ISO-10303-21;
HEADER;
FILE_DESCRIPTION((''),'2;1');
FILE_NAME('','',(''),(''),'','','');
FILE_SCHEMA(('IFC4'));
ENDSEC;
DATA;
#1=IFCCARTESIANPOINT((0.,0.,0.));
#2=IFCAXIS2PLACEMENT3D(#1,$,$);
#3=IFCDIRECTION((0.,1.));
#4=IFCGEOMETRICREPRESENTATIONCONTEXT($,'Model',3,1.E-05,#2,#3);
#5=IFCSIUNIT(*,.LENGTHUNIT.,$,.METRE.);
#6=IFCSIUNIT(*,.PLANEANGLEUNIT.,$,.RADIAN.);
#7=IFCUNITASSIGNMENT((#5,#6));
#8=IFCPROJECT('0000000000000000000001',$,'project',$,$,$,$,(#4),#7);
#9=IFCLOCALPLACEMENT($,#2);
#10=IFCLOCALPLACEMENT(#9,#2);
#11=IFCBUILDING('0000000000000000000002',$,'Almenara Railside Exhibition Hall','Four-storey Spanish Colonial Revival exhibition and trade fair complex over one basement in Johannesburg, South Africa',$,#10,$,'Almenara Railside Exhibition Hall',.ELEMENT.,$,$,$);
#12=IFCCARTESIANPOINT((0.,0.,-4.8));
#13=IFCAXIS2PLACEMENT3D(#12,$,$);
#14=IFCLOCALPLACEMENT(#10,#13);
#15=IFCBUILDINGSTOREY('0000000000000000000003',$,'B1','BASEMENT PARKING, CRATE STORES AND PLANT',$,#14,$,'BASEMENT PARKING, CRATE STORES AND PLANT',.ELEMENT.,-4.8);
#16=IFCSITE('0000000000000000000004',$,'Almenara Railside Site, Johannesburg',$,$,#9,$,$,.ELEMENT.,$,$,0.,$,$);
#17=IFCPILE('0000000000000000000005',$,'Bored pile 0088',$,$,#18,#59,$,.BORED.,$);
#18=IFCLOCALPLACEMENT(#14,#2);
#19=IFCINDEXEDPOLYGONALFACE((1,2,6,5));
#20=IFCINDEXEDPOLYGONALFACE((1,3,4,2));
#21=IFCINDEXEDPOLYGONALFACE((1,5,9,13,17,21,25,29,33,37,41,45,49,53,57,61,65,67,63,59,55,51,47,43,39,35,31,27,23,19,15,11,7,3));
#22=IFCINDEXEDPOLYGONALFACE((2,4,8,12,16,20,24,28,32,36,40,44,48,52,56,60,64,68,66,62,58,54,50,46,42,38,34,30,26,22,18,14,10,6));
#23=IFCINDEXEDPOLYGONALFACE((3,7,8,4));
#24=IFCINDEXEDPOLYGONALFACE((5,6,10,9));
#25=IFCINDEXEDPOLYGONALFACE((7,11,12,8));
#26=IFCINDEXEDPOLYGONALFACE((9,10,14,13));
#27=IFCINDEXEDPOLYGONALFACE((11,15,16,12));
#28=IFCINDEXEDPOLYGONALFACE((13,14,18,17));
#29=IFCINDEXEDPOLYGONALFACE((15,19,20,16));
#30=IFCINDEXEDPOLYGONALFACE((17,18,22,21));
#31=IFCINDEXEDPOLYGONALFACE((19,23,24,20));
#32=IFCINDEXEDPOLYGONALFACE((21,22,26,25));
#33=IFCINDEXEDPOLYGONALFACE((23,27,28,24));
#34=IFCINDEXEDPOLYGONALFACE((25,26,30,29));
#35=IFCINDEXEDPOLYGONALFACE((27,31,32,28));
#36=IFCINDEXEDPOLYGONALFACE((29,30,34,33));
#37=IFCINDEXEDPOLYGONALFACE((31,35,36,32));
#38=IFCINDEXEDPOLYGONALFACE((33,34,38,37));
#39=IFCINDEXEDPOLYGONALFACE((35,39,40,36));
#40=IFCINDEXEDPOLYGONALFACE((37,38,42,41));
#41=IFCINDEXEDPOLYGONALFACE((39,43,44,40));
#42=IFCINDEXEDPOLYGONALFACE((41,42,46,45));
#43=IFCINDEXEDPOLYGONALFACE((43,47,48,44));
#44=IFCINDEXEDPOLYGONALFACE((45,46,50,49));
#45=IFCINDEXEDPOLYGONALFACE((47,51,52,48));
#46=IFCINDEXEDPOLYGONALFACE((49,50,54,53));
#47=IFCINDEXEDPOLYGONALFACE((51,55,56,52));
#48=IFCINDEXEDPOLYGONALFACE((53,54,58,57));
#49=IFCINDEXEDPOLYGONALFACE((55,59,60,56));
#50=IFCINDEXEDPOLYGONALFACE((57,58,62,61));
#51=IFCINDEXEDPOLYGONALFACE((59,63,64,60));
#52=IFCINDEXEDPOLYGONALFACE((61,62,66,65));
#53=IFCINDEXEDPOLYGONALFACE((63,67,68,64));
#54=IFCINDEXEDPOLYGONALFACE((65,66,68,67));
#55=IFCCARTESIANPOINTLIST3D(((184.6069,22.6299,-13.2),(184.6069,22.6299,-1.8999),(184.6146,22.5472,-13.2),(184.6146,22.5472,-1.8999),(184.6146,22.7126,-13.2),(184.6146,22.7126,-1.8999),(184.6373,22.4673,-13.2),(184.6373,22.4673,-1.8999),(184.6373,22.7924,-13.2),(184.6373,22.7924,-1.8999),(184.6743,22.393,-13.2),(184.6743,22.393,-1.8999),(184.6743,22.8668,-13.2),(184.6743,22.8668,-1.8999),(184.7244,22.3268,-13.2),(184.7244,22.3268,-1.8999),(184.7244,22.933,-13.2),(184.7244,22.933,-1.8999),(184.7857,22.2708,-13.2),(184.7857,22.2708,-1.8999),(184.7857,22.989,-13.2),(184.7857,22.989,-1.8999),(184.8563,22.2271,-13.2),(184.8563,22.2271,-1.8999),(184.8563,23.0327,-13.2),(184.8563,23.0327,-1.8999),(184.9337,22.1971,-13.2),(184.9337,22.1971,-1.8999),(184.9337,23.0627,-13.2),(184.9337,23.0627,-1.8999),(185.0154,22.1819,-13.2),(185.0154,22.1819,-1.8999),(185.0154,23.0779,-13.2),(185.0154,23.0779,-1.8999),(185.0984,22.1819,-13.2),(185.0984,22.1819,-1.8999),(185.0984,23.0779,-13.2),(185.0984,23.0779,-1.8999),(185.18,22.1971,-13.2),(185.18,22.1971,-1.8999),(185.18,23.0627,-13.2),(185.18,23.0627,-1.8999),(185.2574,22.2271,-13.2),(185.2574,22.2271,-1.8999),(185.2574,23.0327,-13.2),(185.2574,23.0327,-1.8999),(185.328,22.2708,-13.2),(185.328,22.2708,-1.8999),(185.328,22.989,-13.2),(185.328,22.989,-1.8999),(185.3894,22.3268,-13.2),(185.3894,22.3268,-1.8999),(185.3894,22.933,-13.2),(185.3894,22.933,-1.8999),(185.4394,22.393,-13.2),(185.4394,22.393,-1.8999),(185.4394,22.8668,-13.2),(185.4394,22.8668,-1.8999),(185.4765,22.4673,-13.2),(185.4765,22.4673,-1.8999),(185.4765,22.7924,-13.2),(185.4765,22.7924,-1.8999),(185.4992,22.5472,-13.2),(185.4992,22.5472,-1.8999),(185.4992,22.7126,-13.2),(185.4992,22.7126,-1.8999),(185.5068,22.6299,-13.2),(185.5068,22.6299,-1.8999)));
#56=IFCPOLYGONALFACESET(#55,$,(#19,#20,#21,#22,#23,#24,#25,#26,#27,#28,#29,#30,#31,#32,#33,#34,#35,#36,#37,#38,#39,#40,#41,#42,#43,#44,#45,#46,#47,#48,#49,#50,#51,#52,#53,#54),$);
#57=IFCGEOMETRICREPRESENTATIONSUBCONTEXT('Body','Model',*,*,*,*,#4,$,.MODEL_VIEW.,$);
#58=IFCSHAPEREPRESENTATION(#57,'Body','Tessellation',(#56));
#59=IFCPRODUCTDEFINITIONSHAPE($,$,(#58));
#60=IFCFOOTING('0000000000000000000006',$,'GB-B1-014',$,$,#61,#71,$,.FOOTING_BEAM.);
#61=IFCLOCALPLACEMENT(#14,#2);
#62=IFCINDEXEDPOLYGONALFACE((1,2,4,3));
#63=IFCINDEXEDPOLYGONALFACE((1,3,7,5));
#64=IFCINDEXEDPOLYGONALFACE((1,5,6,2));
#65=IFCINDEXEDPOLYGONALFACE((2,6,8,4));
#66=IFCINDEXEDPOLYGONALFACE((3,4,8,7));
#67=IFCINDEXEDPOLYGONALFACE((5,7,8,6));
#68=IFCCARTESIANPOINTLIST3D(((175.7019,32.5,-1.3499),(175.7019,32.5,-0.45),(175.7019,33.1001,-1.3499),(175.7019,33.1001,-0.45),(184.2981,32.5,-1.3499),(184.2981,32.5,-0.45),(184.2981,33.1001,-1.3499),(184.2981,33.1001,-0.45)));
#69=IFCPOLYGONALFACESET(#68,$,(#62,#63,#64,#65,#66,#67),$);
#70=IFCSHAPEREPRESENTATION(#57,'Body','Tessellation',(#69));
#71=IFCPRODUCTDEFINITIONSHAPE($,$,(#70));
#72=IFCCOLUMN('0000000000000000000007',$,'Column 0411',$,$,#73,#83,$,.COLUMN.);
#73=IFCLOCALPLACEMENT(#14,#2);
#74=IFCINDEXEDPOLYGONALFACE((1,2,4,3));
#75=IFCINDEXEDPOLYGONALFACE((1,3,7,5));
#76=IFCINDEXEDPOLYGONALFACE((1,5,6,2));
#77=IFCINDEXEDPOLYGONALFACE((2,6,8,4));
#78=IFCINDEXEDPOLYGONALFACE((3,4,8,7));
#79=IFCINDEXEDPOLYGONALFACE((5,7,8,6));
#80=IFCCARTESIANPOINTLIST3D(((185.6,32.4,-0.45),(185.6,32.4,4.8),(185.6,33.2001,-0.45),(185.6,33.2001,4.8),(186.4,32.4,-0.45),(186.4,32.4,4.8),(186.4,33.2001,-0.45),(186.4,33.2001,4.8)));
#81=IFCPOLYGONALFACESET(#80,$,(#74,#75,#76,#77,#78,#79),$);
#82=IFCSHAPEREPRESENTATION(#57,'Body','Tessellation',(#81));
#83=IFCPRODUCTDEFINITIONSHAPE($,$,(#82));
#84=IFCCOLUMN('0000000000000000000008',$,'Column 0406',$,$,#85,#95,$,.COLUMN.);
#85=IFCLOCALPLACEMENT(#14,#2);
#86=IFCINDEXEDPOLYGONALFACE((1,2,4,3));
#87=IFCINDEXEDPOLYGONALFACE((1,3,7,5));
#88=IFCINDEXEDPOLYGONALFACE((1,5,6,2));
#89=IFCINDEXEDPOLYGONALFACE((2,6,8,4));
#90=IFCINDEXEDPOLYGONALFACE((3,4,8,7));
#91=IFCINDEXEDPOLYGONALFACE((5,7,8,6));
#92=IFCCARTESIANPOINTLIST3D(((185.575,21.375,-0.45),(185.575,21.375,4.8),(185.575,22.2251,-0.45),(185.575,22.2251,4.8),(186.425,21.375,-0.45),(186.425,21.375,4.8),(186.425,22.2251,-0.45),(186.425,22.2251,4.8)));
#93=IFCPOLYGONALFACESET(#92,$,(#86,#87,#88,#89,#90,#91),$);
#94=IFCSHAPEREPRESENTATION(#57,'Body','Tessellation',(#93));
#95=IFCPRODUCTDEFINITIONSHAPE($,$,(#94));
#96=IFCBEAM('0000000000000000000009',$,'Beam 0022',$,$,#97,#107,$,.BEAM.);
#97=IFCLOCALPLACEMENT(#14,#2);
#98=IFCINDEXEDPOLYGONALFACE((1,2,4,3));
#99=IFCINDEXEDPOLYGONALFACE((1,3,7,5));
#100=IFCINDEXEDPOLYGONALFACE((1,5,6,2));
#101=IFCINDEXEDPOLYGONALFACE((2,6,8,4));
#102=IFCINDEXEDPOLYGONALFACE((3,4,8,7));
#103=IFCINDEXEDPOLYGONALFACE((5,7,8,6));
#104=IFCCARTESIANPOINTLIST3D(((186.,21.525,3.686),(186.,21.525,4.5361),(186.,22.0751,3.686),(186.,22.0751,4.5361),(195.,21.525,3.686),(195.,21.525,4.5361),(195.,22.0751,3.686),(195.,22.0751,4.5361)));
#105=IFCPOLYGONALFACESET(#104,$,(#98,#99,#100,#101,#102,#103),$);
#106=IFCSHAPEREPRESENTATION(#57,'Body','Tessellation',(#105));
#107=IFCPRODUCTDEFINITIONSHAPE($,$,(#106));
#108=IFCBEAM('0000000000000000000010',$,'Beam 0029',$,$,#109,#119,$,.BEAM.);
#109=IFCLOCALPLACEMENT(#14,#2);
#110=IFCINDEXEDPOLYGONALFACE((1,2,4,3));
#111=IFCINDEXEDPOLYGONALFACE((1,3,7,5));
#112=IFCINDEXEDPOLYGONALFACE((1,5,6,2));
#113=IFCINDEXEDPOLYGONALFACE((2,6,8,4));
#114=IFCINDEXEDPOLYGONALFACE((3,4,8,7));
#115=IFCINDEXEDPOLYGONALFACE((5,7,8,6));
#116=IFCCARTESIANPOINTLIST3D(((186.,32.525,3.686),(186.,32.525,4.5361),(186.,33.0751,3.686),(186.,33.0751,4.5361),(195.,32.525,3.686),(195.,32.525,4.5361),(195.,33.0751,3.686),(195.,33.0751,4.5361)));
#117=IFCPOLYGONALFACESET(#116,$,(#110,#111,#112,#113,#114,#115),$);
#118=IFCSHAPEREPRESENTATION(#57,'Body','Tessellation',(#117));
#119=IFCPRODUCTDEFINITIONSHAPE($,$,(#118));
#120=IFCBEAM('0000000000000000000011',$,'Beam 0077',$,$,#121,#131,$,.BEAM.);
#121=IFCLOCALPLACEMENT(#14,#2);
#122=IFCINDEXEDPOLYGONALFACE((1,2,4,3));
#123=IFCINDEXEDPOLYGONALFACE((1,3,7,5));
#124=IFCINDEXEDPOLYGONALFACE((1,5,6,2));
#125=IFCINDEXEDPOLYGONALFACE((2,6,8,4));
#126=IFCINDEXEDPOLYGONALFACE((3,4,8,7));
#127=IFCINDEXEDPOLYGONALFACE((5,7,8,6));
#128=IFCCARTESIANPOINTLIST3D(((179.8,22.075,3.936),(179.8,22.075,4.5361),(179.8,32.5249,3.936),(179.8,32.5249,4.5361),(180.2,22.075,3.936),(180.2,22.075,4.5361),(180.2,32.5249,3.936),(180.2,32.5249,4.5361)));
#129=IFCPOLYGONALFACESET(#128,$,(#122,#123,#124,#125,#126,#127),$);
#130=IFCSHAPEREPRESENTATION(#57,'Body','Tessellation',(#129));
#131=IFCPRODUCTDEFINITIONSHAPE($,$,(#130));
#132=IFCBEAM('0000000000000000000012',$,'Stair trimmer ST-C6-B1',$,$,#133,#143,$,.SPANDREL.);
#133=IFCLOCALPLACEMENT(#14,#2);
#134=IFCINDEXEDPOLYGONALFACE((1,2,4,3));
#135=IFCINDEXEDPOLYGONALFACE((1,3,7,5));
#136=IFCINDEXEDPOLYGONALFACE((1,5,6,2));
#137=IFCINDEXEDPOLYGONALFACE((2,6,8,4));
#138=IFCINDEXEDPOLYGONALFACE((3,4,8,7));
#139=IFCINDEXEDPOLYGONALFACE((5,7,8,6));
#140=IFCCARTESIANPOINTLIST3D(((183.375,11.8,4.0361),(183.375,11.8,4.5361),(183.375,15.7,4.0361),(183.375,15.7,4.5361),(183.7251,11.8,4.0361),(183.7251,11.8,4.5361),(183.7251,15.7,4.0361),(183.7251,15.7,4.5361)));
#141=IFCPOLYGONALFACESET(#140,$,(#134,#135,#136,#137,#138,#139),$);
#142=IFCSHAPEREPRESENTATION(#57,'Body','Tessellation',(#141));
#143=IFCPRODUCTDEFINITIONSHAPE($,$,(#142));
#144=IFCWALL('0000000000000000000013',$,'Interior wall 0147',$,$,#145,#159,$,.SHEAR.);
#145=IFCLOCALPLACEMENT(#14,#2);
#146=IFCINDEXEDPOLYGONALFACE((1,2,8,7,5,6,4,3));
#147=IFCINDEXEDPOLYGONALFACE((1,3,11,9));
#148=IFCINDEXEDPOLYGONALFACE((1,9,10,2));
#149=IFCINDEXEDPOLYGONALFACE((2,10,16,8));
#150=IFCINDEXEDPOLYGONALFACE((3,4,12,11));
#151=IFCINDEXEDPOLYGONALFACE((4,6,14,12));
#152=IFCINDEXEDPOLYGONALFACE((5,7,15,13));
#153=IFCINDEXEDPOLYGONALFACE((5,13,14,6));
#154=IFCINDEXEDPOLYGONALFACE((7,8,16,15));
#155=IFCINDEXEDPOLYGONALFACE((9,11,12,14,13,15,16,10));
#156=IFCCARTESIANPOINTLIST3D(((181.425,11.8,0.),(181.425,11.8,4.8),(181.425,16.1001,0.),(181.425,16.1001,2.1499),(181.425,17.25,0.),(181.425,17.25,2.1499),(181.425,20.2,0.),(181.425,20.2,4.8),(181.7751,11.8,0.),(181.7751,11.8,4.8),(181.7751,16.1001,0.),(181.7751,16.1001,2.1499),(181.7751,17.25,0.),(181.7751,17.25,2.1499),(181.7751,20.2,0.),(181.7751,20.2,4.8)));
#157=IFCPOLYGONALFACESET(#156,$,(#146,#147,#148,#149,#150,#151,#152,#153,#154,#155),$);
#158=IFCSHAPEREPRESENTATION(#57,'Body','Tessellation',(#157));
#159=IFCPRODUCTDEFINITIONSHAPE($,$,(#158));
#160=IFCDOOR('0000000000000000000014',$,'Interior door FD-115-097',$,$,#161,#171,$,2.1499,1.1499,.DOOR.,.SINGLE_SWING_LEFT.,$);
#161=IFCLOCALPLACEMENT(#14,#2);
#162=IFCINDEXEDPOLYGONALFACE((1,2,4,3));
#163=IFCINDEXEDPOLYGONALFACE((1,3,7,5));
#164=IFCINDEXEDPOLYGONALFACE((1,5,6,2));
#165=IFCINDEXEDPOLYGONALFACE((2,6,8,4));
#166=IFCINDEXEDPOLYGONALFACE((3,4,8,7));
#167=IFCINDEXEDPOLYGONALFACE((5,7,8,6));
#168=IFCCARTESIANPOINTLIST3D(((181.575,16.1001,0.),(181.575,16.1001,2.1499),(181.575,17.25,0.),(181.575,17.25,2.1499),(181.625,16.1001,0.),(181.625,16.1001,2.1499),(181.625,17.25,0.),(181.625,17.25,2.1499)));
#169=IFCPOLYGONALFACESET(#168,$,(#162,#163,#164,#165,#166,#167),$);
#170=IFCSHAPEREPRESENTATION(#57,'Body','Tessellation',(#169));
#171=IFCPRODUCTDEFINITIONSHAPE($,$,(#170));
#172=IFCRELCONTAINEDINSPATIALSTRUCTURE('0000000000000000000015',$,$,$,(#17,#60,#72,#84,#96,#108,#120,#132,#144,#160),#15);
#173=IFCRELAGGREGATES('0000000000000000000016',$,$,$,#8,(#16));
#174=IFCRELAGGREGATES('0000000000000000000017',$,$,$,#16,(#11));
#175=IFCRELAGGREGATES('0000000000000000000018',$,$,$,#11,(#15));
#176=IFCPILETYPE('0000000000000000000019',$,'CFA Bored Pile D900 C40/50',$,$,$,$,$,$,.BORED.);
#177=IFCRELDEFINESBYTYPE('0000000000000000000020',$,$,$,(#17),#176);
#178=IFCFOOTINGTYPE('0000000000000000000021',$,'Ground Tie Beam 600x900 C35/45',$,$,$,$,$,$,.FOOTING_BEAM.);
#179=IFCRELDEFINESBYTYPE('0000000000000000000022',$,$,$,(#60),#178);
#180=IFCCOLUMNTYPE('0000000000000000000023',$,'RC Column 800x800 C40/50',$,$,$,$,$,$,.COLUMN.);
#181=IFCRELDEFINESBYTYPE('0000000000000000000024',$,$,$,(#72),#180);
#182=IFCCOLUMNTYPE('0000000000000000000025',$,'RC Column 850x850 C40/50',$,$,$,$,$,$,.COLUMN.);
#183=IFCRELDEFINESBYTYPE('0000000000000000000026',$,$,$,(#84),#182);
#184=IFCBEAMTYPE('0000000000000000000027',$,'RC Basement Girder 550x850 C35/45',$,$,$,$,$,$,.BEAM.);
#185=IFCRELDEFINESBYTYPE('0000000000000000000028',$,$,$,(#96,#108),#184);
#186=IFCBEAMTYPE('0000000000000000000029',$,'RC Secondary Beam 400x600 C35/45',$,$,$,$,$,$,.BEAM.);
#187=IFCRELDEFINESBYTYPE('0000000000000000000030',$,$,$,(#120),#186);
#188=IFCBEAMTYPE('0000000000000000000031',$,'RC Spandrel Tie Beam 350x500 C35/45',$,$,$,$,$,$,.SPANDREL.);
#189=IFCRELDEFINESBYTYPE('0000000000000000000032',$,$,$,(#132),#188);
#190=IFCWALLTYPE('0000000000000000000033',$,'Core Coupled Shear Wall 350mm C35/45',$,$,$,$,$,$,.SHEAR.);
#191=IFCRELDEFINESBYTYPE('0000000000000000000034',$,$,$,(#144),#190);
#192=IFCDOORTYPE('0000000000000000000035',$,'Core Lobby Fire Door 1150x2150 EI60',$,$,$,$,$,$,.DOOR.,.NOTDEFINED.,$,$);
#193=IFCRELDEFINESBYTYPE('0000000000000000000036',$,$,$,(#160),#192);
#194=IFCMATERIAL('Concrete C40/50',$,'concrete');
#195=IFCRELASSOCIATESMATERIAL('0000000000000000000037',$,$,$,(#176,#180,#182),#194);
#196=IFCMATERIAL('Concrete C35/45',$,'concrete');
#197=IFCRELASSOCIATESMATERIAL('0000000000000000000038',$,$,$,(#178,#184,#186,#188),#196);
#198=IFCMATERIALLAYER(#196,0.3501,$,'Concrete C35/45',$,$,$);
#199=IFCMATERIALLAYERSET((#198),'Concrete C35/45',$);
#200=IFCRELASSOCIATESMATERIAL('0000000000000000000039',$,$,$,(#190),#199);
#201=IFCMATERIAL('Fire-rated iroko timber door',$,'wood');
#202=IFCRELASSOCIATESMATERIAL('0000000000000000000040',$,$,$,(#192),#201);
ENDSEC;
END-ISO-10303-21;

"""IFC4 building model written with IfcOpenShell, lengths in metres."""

from ifc_helpers import new_model, si_unit, direction, frame, frame_2d, origin, origin_2d, place, context, subcontext, project, spatial, rectangle, circle, extrude, material, layer, layer_set, material_profile, profile_set, type_object, element, fill, save


model = new_model("IFC4")

# Units and contexts
model_context = context("Model", 3, precision=1e-05, world=origin(), true_north=direction((0.0, 1.0)))
body_context = subcontext(model_context, "Body", "Model", "MODEL_VIEW")
ifc_project = project(units=[si_unit("LENGTHUNIT", "METRE"), si_unit("PLANEANGLEUNIT", "RADIAN")], contexts=[model_context])

# Site, building, storey
site_placement = place(None, origin())
site = spatial("IfcSite", under=ifc_project, at=site_placement, Name="Almenara Railside Site, Johannesburg", CompositionType="ELEMENT", RefElevation=0.0)
building_placement = place(site_placement, origin())
building = spatial("IfcBuilding", under=site, at=building_placement, Name="Almenara Railside Exhibition Hall", Description="Four-storey Spanish Colonial Revival exhibition and trade fair complex over one basement in Johannesburg, South Africa", LongName="Almenara Railside Exhibition Hall", CompositionType="ELEMENT")
storey_placement = place(building_placement, frame((0.0, 0.0, -4.8)))
storey = spatial("IfcBuildingStorey", under=building, at=storey_placement, Name="B1", Description="BASEMENT PARKING, CRATE STORES AND PLANT", LongName="BASEMENT PARKING, CRATE STORES AND PLANT", CompositionType="ELEMENT", Elevation=-4.8)

# Pile
ifc_material_1 = material(Name="Concrete C40/50", Category="concrete")
ifc_material_profile_1 = material_profile(ifc_material_1, circle(Radius=0.45, at=origin_2d()), Name="CFA-PILE D900")
ifc_profile_set_1 = profile_set([ifc_material_profile_1], Name="Concrete C40/50")
pile_type_1 = type_object("IfcPileType", Name="CFA Bored Pile D900 C40/50", PredefinedType="BORED", material=ifc_profile_set_1)
for number, where, z_axis, x_axis, name in (
    (1, (185.0569, 22.6299, -1.8999), (0.0, 0.0, -1.0), (1.0, 0.0, 0.0), "Bored pile 0088"),
):
    element("IfcPile", number, at=place(storey_placement, frame(where, z_axis=z_axis, x_axis=x_axis)), inside=storey, type_object=pile_type_1, Name=name, PredefinedType="BORED", context=body_context, shape_type="SweptSolid", body=[
        extrude(circle(Radius=0.45, at=origin_2d()), origin(), (0.0, 0.0, 1.0), 11.3),
    ])

# Footing
ifc_material_2 = material(Name="Concrete C35/45", Category="concrete")
ifc_material_profile_2 = material_profile(ifc_material_2, rectangle(XDim=0.6001, YDim=0.8999, at=origin_2d()), Name="RC-GB 600x900")
ifc_profile_set_2 = profile_set([ifc_material_profile_2], Name="Concrete C35/45")
footing_type = type_object("IfcFootingType", Name="Ground Tie Beam 600x900 C35/45", PredefinedType="FOOTING_BEAM", material=ifc_profile_set_2)
footing_placement = place(storey_placement, frame((175.7019, 32.8, -0.8999), z_axis=(1.0, 0.0, 0.0), x_axis=(0.0, 1.0, 0.0)))
element("IfcFooting", 2, at=footing_placement, inside=storey, type_object=footing_type, Name="GB-B1-014", PredefinedType="FOOTING_BEAM", context=body_context, shape_type="SweptSolid", body=[
    extrude(rectangle(XDim=0.6001, YDim=0.8999, at=origin_2d()), origin(), (0.0, 0.0, 1.0), 8.5962),
])

# Columns
ifc_material_profile_3 = material_profile(ifc_material_1, rectangle(XDim=0.8, YDim=0.8, at=origin_2d()), Name="RC 800x800")
ifc_profile_set_3 = profile_set([ifc_material_profile_3], Name="Concrete C40/50")
column_type_1 = type_object("IfcColumnType", Name="RC Column 800x800 C40/50", PredefinedType="COLUMN", material=ifc_profile_set_3)
column_1_placement = place(storey_placement, frame((186.0, 32.8, -0.45), z_axis=(0.0, 0.0, 1.0), x_axis=(1.0, 0.0, 0.0)))
element("IfcColumn", 3, at=column_1_placement, inside=storey, type_object=column_type_1, Name="Column 0411", PredefinedType="COLUMN", context=body_context, shape_type="SweptSolid", body=[
    extrude(rectangle(XDim=0.8, YDim=0.8, at=origin_2d()), origin(), (0.0, 0.0, 1.0), 5.25),
])
ifc_material_profile_4 = material_profile(ifc_material_1, rectangle(XDim=0.8501, YDim=0.8501, at=origin_2d()), Name="RC 850x850")
ifc_profile_set_4 = profile_set([ifc_material_profile_4], Name="Concrete C40/50")
column_type_2 = type_object("IfcColumnType", Name="RC Column 850x850 C40/50", PredefinedType="COLUMN", material=ifc_profile_set_4)
column_2_placement = place(storey_placement, frame((186.0, 21.8, -0.45), z_axis=(0.0, 0.0, 1.0), x_axis=(1.0, 0.0, 0.0)))
element("IfcColumn", 4, at=column_2_placement, inside=storey, type_object=column_type_2, Name="Column 0406", PredefinedType="COLUMN", context=body_context, shape_type="SweptSolid", body=[
    extrude(rectangle(XDim=0.8501, YDim=0.8501, at=origin_2d()), origin(), (0.0, 0.0, 1.0), 5.25),
])

# Beams
ifc_material_profile_5 = material_profile(ifc_material_2, rectangle(XDim=0.55, YDim=0.8501, at=origin_2d()), Name="RC 550x850")
ifc_profile_set_5 = profile_set([ifc_material_profile_5], Name="Concrete C35/45")
beam_type_1 = type_object("IfcBeamType", Name="RC Basement Girder 550x850 C35/45", PredefinedType="BEAM", material=ifc_profile_set_5)
for number, where, z_axis, x_axis, name in (
    (5, (186.0, 21.8, 4.1111), (1.0, 0.0, 0.0), (0.0, 1.0, 0.0), "Beam 0022"),
    (6, (186.0, 32.8, 4.1111), (1.0, 0.0, 0.0), (0.0, 1.0, 0.0), "Beam 0029"),
):
    element("IfcBeam", number, at=place(storey_placement, frame(where, z_axis=z_axis, x_axis=x_axis)), inside=storey, type_object=beam_type_1, Name=name, PredefinedType="BEAM", context=body_context, shape_type="SweptSolid", body=[
        extrude(rectangle(XDim=0.55, YDim=0.8501, at=origin_2d()), origin(), (0.0, 0.0, 1.0), 9.0),
    ])
ifc_material_profile_6 = material_profile(ifc_material_2, rectangle(XDim=0.3999, YDim=0.6001, at=origin_2d()), Name="RC 400x600")
ifc_profile_set_6 = profile_set([ifc_material_profile_6], Name="Concrete C35/45")
beam_type_2 = type_object("IfcBeamType", Name="RC Secondary Beam 400x600 C35/45", PredefinedType="BEAM", material=ifc_profile_set_6)
beam_1_placement = place(storey_placement, frame((180.0, 22.075, 4.2361), z_axis=(0.0, 1.0, 0.0), x_axis=(-1.0, 0.0, 0.0)))
element("IfcBeam", 7, at=beam_1_placement, inside=storey, type_object=beam_type_2, Name="Beam 0077", PredefinedType="BEAM", context=body_context, shape_type="SweptSolid", body=[
    extrude(rectangle(XDim=0.3999, YDim=0.6001, at=origin_2d()), origin(), (0.0, 0.0, 1.0), 10.45),
])
ifc_material_profile_7 = material_profile(ifc_material_2, rectangle(XDim=0.3501, YDim=0.5, at=origin_2d()), Name="RC 350x500")
ifc_profile_set_7 = profile_set([ifc_material_profile_7], Name="Concrete C35/45")
beam_type_3 = type_object("IfcBeamType", Name="RC Spandrel Tie Beam 350x500 C35/45", PredefinedType="SPANDREL", material=ifc_profile_set_7)
beam_2_placement = place(storey_placement, frame((183.55, 11.8, 4.2861), z_axis=(0.0, 1.0, 0.0), x_axis=(-1.0, 0.0, 0.0)))
element("IfcBeam", 8, at=beam_2_placement, inside=storey, type_object=beam_type_3, Name="Stair trimmer ST-C6-B1", PredefinedType="SPANDREL", context=body_context, shape_type="SweptSolid", body=[
    extrude(rectangle(XDim=0.3501, YDim=0.5, at=origin_2d()), origin(), (0.0, 0.0, 1.0), 3.8999),
])

# Wall, opening, door
ifc_layer_1 = layer(ifc_material_2, 0.3501, Name="Concrete C35/45")
ifc_layer_set_1 = layer_set([ifc_layer_1], Name="Concrete C35/45")
wall_type_1 = type_object("IfcWallType", Name="Core Coupled Shear Wall 350mm C35/45", PredefinedType="SHEAR", material=ifc_layer_set_1)
wall_1_placement = place(storey_placement, frame((181.6001, 20.2, 0.0), z_axis=(0.0, 0.0, 1.0), x_axis=(0.0, -1.0, 0.0)))
wall_1 = element("IfcWall", 9, at=wall_1_placement, inside=storey, type_object=wall_type_1, Name="Interior wall 0147", PredefinedType="SHEAR", context=body_context, shape_type="SweptSolid", body=[
    extrude(rectangle(XDim=8.3999, YDim=0.3501, at=frame_2d((4.2, 0.0))), origin(), (0.0, 0.0, 1.0), 4.8),
])
opening_1_placement = place(wall_1_placement, frame((2.95, 0.0, 0.0)))
opening_1 = element("IfcOpeningElement", 10, at=opening_1_placement, cuts=wall_1, PredefinedType="OPENING", context=body_context, shape_type="SweptSolid", body=[
    extrude(rectangle(XDim=1.1499, YDim=2.1499, at=frame_2d((0.575, 1.075))), frame((0.0, 0.1851, 0.0), z_axis=(0.0, -1.0, 0.0), x_axis=(1.0, 0.0, 0.0)), (0.0, 0.0, 1.0), 0.3701),
])
ifc_material_3 = material(Name="Fire-rated iroko timber door", Category="wood")
door_type_1 = type_object("IfcDoorType", Name="Core Lobby Fire Door 1150x2150 EI60", OperationType="NOTDEFINED", PredefinedType="DOOR", material=ifc_material_3)
door_1_placement = place(opening_1_placement, origin())
door_1 = element("IfcDoor", 11, at=door_1_placement, inside=storey, type_object=door_type_1, Name="Interior door FD-115-097", OperationType="SINGLE_SWING_LEFT", OverallHeight=2.1499, OverallWidth=1.1499, PredefinedType="DOOR", context=body_context, shape_type="SweptSolid", body=[
    extrude(rectangle(XDim=1.1499, YDim=2.1499, at=frame_2d((0.575, 1.075))), frame((0.0, 0.0249, 0.0), z_axis=(0.0, -1.0, 0.0), x_axis=(1.0, 0.0, 0.0)), (0.0, 0.0, 1.0), 0.05),
])
fill(opening_1, door_1)

save(model, "model.ifc")
